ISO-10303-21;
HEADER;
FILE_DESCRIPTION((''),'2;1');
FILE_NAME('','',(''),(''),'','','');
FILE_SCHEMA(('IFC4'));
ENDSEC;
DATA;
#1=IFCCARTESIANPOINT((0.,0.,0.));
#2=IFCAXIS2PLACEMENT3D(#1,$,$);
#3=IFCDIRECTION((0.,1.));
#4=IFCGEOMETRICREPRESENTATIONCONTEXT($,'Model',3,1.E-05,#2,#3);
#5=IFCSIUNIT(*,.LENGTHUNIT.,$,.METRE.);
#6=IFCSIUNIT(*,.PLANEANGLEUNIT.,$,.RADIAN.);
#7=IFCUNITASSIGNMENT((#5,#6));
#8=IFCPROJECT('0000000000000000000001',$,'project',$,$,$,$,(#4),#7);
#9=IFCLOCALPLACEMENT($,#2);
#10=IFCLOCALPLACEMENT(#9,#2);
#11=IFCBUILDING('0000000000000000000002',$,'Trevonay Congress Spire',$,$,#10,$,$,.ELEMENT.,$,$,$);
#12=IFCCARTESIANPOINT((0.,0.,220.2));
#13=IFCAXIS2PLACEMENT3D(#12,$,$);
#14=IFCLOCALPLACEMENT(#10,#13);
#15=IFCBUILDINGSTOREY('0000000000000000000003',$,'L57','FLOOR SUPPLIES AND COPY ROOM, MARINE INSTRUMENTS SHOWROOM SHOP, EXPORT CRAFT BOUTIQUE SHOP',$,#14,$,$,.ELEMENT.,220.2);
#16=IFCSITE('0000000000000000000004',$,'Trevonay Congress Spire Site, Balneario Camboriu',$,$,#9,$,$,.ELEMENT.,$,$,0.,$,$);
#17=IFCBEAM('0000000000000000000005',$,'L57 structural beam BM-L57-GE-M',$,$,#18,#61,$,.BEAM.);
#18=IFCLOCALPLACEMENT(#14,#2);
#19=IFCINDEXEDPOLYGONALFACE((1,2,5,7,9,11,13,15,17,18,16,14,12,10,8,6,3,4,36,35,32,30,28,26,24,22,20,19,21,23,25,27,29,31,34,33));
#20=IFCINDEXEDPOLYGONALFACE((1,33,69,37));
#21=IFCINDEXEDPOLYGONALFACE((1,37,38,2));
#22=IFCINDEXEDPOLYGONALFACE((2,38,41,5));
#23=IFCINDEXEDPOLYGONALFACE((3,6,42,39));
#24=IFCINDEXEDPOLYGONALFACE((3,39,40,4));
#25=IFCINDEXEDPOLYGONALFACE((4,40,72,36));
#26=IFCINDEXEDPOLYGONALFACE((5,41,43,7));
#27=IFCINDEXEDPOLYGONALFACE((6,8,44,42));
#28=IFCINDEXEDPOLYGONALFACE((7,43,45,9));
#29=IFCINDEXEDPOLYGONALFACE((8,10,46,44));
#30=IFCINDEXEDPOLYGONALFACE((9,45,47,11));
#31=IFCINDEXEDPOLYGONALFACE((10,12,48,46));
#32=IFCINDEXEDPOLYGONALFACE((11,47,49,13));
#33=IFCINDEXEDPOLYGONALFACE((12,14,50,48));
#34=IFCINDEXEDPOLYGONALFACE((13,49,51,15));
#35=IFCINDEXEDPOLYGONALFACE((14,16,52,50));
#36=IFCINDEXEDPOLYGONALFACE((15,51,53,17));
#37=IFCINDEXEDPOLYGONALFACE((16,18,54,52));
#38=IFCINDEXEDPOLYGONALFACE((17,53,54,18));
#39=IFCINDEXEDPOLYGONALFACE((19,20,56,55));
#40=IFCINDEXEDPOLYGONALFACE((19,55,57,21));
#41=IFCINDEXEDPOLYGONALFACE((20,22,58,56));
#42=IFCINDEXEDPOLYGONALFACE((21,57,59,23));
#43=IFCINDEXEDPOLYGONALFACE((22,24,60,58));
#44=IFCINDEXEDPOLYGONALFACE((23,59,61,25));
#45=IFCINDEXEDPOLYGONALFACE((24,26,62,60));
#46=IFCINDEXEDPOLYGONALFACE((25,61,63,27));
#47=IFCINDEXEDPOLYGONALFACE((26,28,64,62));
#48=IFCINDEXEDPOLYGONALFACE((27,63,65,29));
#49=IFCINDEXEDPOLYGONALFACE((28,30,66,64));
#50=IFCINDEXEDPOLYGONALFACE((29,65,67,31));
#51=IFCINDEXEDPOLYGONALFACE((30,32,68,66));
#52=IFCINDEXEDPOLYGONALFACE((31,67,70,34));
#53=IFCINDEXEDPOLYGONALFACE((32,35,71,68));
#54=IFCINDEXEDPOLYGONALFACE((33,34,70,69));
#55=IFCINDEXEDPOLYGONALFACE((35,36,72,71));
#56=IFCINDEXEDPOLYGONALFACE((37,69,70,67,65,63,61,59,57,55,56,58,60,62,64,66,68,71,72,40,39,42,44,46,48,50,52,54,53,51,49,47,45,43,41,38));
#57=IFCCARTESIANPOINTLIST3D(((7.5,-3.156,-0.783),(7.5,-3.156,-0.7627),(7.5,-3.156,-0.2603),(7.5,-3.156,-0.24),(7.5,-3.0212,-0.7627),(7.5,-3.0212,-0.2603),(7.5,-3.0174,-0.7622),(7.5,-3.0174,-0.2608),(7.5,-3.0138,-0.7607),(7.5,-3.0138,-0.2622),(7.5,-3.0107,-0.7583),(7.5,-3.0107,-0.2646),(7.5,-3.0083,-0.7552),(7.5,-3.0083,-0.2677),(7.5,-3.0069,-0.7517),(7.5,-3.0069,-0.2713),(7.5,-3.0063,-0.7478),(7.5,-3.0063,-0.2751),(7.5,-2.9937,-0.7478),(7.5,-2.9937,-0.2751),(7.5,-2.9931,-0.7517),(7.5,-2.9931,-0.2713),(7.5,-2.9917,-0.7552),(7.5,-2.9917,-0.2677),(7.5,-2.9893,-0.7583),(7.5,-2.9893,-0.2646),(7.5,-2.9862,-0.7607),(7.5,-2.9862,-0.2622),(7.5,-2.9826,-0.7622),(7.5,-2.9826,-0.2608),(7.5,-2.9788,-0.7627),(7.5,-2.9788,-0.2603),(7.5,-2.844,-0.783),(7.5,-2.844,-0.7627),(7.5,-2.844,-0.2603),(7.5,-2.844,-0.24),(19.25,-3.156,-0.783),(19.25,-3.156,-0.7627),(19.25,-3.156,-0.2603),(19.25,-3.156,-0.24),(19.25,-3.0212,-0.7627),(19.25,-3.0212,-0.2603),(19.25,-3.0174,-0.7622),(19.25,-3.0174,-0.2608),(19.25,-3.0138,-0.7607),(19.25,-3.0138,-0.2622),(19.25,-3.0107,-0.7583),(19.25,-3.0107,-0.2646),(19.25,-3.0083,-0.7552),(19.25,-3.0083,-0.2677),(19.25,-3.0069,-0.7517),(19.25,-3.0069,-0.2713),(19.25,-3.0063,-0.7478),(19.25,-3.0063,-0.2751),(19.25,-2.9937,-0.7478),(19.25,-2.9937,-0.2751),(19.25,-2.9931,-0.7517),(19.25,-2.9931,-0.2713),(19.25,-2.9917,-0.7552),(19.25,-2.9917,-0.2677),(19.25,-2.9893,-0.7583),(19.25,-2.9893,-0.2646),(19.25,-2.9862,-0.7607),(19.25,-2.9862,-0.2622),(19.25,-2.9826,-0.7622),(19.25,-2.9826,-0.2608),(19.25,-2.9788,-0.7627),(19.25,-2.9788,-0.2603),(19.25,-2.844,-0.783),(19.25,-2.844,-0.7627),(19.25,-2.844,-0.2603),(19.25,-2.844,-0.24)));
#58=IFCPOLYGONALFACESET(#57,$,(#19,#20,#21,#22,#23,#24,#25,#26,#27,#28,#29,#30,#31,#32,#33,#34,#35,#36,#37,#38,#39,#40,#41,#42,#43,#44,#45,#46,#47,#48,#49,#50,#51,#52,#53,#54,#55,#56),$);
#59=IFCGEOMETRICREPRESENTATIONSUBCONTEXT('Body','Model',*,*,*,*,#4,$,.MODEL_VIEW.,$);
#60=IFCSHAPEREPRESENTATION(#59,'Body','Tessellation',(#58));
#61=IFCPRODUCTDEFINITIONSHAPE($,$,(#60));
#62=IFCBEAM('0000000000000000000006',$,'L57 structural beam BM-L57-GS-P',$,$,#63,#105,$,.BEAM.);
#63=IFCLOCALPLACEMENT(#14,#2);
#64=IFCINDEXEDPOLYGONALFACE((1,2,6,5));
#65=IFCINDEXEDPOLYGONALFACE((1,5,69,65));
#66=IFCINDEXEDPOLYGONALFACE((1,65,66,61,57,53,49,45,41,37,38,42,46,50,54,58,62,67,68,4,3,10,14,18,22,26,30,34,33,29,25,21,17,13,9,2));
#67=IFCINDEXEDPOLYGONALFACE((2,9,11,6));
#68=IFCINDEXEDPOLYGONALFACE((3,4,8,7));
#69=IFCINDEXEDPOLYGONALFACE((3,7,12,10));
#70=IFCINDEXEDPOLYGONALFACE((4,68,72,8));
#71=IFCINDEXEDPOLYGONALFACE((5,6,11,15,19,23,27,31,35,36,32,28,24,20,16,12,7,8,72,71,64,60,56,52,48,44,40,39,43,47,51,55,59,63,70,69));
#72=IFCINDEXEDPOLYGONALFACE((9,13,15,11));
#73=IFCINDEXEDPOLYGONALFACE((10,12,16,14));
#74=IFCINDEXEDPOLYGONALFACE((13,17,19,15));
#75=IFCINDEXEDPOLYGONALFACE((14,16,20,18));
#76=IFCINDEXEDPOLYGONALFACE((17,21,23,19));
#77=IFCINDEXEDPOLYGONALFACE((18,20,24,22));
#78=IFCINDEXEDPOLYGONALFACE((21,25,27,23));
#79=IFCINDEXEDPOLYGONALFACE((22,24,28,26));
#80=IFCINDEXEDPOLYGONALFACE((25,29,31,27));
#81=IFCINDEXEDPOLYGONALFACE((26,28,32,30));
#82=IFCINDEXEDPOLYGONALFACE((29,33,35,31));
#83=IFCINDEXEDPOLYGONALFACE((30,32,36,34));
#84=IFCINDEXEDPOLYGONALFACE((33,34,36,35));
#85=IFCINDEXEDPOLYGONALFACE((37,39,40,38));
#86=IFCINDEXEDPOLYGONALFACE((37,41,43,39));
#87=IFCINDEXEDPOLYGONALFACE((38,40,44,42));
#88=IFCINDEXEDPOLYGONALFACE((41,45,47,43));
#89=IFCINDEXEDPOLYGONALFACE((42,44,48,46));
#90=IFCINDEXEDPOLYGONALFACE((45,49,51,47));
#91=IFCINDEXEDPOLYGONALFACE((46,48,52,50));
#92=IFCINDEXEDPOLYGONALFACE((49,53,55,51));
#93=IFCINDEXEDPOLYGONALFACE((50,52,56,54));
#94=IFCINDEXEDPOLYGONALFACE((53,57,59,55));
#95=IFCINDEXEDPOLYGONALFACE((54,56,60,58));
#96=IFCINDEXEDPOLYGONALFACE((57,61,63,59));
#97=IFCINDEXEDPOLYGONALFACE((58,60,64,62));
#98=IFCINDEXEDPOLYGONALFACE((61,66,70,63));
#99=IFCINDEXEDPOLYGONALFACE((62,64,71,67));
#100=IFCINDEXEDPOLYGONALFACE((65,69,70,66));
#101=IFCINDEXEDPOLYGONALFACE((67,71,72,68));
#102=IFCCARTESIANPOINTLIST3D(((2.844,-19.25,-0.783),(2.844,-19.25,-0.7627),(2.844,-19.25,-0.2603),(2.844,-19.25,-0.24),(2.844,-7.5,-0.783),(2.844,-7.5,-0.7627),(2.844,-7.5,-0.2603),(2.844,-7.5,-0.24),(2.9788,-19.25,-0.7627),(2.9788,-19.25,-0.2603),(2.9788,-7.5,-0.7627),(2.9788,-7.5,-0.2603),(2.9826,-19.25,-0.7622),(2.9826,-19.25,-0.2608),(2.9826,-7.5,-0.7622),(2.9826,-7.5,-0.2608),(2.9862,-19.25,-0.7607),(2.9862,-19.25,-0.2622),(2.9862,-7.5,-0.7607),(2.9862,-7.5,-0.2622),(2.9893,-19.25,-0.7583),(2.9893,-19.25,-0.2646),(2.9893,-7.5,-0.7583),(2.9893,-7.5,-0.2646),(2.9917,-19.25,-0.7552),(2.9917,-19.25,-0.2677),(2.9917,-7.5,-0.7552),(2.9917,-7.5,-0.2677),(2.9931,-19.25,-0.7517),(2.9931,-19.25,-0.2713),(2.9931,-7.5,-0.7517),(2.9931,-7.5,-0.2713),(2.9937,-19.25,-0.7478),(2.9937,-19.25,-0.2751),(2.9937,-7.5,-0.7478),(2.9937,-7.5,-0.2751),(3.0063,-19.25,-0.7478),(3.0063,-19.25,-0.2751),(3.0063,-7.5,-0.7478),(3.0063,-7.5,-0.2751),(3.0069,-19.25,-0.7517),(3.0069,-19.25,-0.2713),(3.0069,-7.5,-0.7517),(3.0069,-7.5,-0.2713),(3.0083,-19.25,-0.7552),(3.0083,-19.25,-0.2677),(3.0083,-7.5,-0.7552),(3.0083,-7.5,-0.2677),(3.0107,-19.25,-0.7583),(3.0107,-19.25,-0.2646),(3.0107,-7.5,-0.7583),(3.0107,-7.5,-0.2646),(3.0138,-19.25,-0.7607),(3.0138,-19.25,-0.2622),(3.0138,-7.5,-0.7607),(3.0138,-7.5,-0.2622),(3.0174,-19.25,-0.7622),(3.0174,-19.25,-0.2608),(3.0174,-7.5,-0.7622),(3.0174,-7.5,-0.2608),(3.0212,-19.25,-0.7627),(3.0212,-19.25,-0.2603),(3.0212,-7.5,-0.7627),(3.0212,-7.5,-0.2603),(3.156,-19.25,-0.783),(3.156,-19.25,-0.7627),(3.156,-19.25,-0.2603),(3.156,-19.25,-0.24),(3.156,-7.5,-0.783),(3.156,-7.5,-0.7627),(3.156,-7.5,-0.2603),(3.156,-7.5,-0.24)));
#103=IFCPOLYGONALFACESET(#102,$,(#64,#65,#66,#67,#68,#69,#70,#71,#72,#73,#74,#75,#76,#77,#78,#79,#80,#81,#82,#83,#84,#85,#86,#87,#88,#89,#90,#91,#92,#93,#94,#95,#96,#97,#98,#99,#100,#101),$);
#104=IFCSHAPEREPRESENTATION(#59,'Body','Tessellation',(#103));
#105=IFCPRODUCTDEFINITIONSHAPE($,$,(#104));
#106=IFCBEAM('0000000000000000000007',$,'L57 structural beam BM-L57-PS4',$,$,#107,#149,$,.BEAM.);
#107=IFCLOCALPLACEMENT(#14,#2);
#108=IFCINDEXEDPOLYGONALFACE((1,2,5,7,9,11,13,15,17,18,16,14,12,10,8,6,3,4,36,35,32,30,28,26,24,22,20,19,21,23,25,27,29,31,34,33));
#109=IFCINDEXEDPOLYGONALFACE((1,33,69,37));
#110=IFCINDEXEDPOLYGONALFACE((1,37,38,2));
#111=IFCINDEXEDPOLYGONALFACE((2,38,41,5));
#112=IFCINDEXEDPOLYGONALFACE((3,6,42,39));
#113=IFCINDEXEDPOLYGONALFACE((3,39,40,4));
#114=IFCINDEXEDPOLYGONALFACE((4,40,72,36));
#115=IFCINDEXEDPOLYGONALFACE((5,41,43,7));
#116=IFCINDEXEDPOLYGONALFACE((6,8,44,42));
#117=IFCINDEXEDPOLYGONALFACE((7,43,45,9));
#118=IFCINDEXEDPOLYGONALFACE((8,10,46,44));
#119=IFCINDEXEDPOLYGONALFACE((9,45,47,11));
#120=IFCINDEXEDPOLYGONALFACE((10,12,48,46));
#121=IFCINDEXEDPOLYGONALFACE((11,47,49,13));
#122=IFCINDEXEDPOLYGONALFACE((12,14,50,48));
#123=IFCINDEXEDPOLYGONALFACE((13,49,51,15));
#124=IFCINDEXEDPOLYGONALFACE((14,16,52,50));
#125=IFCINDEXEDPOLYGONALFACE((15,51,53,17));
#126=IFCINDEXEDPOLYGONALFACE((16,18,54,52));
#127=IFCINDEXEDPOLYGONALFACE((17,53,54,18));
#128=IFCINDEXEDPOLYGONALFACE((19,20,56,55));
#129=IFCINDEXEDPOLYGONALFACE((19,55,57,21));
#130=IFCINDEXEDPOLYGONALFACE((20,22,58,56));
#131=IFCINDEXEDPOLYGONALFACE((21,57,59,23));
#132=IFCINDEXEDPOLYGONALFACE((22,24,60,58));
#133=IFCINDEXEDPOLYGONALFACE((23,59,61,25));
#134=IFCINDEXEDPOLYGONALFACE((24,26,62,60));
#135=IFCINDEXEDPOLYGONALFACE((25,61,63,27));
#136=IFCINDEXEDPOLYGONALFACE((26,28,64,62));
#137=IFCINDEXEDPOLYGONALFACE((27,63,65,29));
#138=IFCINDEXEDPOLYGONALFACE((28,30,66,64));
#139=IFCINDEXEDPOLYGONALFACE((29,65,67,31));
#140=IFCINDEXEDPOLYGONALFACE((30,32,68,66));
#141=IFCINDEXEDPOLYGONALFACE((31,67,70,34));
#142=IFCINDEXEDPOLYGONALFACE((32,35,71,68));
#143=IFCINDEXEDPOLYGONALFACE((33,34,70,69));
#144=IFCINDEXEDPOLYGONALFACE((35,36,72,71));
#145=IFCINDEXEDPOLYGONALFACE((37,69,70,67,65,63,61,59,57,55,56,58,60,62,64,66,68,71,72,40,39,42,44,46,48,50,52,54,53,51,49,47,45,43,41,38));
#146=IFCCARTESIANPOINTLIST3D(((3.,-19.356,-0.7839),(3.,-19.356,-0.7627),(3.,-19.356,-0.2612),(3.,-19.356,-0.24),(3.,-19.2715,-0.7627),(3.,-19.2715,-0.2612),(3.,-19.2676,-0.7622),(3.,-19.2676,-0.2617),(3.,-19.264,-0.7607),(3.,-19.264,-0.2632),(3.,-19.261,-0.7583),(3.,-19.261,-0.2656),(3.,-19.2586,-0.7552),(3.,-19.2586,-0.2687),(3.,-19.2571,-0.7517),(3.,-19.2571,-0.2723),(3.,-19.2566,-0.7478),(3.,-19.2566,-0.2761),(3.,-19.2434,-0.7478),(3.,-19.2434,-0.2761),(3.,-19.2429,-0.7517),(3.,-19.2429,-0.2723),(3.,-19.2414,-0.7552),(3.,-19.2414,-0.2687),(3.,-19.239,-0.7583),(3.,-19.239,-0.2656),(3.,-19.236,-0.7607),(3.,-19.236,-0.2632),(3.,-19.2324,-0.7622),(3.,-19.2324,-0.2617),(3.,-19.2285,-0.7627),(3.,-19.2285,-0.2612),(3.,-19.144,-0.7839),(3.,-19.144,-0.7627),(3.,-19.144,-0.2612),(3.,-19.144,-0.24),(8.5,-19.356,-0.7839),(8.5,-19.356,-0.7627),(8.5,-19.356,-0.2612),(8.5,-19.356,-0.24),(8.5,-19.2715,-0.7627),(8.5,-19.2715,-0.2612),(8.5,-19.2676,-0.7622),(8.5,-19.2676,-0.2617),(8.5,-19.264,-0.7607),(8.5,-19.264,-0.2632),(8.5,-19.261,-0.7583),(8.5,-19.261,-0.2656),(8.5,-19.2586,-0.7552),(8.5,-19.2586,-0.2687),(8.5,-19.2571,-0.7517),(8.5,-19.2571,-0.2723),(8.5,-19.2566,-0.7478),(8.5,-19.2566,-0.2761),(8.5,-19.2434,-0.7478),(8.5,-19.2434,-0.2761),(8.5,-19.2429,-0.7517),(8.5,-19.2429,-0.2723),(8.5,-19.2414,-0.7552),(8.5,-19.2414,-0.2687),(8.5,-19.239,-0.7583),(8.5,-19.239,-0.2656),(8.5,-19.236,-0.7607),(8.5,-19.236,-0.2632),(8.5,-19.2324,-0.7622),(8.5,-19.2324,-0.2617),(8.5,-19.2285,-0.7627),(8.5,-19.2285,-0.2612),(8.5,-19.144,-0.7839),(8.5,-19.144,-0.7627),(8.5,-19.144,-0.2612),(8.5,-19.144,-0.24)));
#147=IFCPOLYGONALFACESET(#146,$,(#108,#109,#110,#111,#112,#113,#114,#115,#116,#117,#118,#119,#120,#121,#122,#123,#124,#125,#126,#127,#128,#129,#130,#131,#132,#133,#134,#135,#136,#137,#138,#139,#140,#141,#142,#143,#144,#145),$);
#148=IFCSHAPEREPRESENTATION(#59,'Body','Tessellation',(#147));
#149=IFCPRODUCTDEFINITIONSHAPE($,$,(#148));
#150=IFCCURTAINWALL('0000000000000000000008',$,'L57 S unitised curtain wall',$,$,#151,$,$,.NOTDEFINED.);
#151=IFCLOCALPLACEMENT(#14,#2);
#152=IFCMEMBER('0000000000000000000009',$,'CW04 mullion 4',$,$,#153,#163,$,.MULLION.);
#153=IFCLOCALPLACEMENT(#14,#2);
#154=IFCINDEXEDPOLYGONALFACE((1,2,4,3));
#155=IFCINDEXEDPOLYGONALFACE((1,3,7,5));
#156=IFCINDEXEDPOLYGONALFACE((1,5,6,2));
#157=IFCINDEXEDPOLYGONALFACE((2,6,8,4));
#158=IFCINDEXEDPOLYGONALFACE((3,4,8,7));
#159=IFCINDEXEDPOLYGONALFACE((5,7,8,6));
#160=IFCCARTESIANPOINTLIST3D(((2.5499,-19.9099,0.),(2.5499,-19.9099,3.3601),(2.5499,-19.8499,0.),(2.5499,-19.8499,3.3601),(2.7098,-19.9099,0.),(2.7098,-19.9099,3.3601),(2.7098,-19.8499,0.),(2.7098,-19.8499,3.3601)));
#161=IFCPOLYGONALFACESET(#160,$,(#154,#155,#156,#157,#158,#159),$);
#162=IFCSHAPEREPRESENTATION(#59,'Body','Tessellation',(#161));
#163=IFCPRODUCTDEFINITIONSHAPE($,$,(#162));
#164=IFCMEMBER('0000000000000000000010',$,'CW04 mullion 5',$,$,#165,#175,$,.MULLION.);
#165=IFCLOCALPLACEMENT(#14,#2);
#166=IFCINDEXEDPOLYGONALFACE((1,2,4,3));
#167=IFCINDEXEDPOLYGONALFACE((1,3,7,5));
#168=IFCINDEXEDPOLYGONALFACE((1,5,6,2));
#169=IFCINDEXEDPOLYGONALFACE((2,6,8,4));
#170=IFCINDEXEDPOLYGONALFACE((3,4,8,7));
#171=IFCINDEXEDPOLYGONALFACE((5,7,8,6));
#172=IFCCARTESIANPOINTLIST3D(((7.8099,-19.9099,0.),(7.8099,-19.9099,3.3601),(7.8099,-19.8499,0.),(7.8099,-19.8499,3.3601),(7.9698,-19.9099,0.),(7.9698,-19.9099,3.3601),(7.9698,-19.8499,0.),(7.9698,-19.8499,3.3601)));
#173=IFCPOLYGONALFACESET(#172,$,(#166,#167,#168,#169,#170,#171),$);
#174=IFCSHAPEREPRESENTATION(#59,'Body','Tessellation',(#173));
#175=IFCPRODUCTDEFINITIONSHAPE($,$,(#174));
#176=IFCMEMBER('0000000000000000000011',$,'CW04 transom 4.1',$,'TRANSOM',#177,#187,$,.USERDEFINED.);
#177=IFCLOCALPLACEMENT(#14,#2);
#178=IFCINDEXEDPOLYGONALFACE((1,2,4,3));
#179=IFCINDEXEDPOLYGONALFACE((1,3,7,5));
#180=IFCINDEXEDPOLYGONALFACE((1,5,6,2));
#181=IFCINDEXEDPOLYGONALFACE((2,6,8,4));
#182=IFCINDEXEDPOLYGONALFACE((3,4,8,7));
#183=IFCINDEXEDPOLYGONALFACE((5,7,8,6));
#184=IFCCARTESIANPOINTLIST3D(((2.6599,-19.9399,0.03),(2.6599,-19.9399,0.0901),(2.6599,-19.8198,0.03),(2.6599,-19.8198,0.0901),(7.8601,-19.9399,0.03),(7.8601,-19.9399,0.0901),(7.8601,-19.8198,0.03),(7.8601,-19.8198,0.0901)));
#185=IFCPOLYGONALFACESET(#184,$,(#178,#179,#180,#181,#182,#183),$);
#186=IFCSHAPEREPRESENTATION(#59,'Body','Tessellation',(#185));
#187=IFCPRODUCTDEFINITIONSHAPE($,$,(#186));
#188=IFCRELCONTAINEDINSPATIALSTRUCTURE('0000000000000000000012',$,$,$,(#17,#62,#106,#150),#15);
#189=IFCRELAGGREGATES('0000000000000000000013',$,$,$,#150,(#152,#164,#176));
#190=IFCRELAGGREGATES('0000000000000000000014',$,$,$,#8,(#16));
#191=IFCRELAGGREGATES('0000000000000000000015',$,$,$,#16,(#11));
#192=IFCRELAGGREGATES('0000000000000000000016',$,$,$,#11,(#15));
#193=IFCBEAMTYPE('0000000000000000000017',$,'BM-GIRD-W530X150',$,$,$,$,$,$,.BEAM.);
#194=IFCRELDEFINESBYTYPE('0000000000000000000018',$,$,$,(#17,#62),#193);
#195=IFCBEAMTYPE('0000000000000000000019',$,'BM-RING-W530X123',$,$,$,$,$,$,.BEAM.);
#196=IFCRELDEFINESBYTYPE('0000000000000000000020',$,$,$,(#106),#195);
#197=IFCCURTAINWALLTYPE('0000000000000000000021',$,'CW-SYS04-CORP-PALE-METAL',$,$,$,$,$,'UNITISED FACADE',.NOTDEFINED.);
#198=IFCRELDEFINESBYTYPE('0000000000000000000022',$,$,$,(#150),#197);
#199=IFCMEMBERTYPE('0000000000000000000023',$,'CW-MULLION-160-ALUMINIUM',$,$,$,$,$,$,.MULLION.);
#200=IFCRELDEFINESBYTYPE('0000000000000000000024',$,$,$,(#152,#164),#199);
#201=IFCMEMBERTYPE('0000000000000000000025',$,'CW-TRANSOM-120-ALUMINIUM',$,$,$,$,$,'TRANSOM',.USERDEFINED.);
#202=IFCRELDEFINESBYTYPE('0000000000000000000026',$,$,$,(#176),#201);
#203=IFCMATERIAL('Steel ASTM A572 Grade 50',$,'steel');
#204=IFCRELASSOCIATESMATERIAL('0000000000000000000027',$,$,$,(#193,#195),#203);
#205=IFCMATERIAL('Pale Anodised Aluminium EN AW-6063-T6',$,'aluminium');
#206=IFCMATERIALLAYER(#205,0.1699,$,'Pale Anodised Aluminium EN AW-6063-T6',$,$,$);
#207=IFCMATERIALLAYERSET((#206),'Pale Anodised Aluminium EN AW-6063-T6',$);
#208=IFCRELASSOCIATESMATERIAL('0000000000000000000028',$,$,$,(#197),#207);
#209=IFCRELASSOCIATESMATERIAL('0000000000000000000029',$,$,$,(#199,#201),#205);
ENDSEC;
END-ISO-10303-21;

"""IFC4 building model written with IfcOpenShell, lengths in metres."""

from ifc_helpers import new_model, si_unit, direction, frame, origin, origin_2d, place, context, subcontext, project, spatial, rectangle, i_section, extrude, material, layer, layer_set, material_profile, profile_set, type_object, element, aggregate, save


model = new_model("IFC4")

# Units and contexts
model_context = context("Model", 3, precision=1e-05, world=origin(), true_north=direction((0.0, 1.0)))
body_context = subcontext(model_context, "Body", "Model", "MODEL_VIEW")
ifc_project = project(units=[si_unit("LENGTHUNIT", "METRE"), si_unit("PLANEANGLEUNIT", "RADIAN")], contexts=[model_context])

# Site, building, storey
site_placement = place(None, origin())
site = spatial("IfcSite", under=ifc_project, at=site_placement, Name="Trevonay Congress Spire Site, Balneario Camboriu", CompositionType="ELEMENT", RefElevation=0.0)
building_placement = place(site_placement, origin())
building = spatial("IfcBuilding", under=site, at=building_placement, Name="Trevonay Congress Spire", CompositionType="ELEMENT")
storey_placement = place(building_placement, frame((0.0, 0.0, 220.2)))
storey = spatial("IfcBuildingStorey", under=building, at=storey_placement, Name="L57", Description="FLOOR SUPPLIES AND COPY ROOM, MARINE INSTRUMENTS SHOWROOM SHOP, EXPORT CRAFT BOUTIQUE SHOP", CompositionType="ELEMENT", Elevation=220.2)

# Shared definitions
ifc_material_1 = material(Name="Steel ASTM A572 Grade 50", Category="steel")

# Beams
ifc_material_profile_1 = material_profile(ifc_material_1, i_section(OverallWidth=0.312, OverallDepth=0.543, WebThickness=0.0127, FlangeThickness=0.0203, FilletRadius=0.0149, at=origin_2d()), Name="W530x150")
ifc_profile_set_1 = profile_set([ifc_material_profile_1], Name="Steel ASTM A572 Grade 50")
beam_type_1 = type_object("IfcBeamType", Name="BM-GIRD-W530X150", PredefinedType="BEAM", material=ifc_profile_set_1)
for number, where, z_axis, x_axis, name in (
    (1, (7.5, -3.0, -0.5115), (1.0, 0.0, 0.0), (0.0, 1.0, 0.0), "L57 structural beam BM-L57-GE-M"),
    (2, (3.0, -7.5, -0.5115), (0.0, -1.0, 0.0), (1.0, 0.0, 0.0), "L57 structural beam BM-L57-GS-P"),
):
    element("IfcBeam", number, at=place(storey_placement, frame(where, z_axis=z_axis, x_axis=x_axis)), inside=storey, type_object=beam_type_1, Name=name, PredefinedType="BEAM", context=body_context, shape_type="SweptSolid", body=[
        extrude(i_section(OverallWidth=0.312, OverallDepth=0.543, WebThickness=0.0127, FlangeThickness=0.0203, FilletRadius=0.0149, at=origin_2d()), origin(), (0.0, 0.0, 1.0), 11.75),
    ])
ifc_material_profile_2 = material_profile(ifc_material_1, i_section(OverallWidth=0.2119, OverallDepth=0.5439, WebThickness=0.0132, FlangeThickness=0.0212, FilletRadius=0.0149, at=origin_2d()), Name="W530x123")
ifc_profile_set_2 = profile_set([ifc_material_profile_2], Name="Steel ASTM A572 Grade 50")
beam_type_2 = type_object("IfcBeamType", Name="BM-RING-W530X123", PredefinedType="BEAM", material=ifc_profile_set_2)
beam_1_placement = place(storey_placement, frame((3.0, -19.25, -0.512), z_axis=(1.0, 0.0, 0.0), x_axis=(0.0, 1.0, 0.0)))
element("IfcBeam", 3, at=beam_1_placement, inside=storey, type_object=beam_type_2, Name="L57 structural beam BM-L57-PS4", PredefinedType="BEAM", context=body_context, shape_type="SweptSolid", body=[
    extrude(i_section(OverallWidth=0.2119, OverallDepth=0.5439, WebThickness=0.0132, FlangeThickness=0.0212, FilletRadius=0.0149, at=origin_2d()), origin(), (0.0, 0.0, 1.0), 5.5),
])

# Curtain wall, members
ifc_material_2 = material(Name="Pale Anodised Aluminium EN AW-6063-T6", Category="aluminium")
ifc_layer_1 = layer(ifc_material_2, 0.1699, Name="Pale Anodised Aluminium EN AW-6063-T6")
ifc_layer_set_1 = layer_set([ifc_layer_1], Name="Pale Anodised Aluminium EN AW-6063-T6")
curtain_wall_type = type_object("IfcCurtainWallType", Name="CW-SYS04-CORP-PALE-METAL", ElementType="UNITISED FACADE", PredefinedType="NOTDEFINED", material=ifc_layer_set_1)
curtain_wall_placement = place(storey_placement, origin())
curtain_wall = element("IfcCurtainWall", 4, at=curtain_wall_placement, inside=storey, type_object=curtain_wall_type, Name="L57 S unitised curtain wall", PredefinedType="NOTDEFINED")
ifc_material_profile_3 = material_profile(ifc_material_2, rectangle(XDim=0.0601, YDim=0.1599, at=origin_2d()), Name="CW-MULLION-160-ALUMINIUM")
ifc_profile_set_3 = profile_set([ifc_material_profile_3], Name="Pale Anodised Aluminium EN AW-6063-T6")
member_type_1 = type_object("IfcMemberType", Name="CW-MULLION-160-ALUMINIUM", PredefinedType="MULLION", material=ifc_profile_set_3)
member_1_placement = place(storey_placement, frame((2.6299, -19.8799, 0.0), z_axis=(0.0, 0.0, 1.0), x_axis=(0.0, 1.0, 0.0)))
member_1 = element("IfcMember", 5, at=member_1_placement, type_object=member_type_1, Name="CW04 mullion 4", PredefinedType="MULLION", context=body_context, shape_type="SweptSolid", body=[
    extrude(rectangle(XDim=0.0601, YDim=0.1599, at=origin_2d()), origin(), (0.0, 0.0, 1.0), 3.3601),
])
member_2_placement = place(storey_placement, frame((7.8899, -19.8799, 0.0), z_axis=(0.0, 0.0, 1.0), x_axis=(0.0, 1.0, 0.0)))
member_2 = element("IfcMember", 6, at=member_2_placement, type_object=member_type_1, Name="CW04 mullion 5", PredefinedType="MULLION", context=body_context, shape_type="SweptSolid", body=[
    extrude(rectangle(XDim=0.0601, YDim=0.1599, at=origin_2d()), origin(), (0.0, 0.0, 1.0), 3.3601),
])
ifc_material_profile_4 = material_profile(ifc_material_2, rectangle(XDim=0.1201, YDim=0.0601, at=origin_2d()), Name="CW-TRANSOM-120-ALUMINIUM")
ifc_profile_set_4 = profile_set([ifc_material_profile_4], Name="Pale Anodised Aluminium EN AW-6063-T6")
member_type_2 = type_object("IfcMemberType", Name="CW-TRANSOM-120-ALUMINIUM", ElementType="TRANSOM", PredefinedType="USERDEFINED", material=ifc_profile_set_4)
member_3_placement = place(storey_placement, frame((2.6599, -19.8799, 0.0601), z_axis=(1.0, 0.0, 0.0), x_axis=(0.0, 1.0, 0.0)))
member_3 = element("IfcMember", 7, at=member_3_placement, type_object=member_type_2, Name="CW04 transom 4.1", ObjectType="TRANSOM", PredefinedType="USERDEFINED", context=body_context, shape_type="SweptSolid", body=[
    extrude(rectangle(XDim=0.1201, YDim=0.0601, at=origin_2d()), origin(), (0.0, 0.0, 1.0), 5.2002),
])

aggregate(curtain_wall, [member_1, member_2, member_3])

save(model, "model.ifc")
